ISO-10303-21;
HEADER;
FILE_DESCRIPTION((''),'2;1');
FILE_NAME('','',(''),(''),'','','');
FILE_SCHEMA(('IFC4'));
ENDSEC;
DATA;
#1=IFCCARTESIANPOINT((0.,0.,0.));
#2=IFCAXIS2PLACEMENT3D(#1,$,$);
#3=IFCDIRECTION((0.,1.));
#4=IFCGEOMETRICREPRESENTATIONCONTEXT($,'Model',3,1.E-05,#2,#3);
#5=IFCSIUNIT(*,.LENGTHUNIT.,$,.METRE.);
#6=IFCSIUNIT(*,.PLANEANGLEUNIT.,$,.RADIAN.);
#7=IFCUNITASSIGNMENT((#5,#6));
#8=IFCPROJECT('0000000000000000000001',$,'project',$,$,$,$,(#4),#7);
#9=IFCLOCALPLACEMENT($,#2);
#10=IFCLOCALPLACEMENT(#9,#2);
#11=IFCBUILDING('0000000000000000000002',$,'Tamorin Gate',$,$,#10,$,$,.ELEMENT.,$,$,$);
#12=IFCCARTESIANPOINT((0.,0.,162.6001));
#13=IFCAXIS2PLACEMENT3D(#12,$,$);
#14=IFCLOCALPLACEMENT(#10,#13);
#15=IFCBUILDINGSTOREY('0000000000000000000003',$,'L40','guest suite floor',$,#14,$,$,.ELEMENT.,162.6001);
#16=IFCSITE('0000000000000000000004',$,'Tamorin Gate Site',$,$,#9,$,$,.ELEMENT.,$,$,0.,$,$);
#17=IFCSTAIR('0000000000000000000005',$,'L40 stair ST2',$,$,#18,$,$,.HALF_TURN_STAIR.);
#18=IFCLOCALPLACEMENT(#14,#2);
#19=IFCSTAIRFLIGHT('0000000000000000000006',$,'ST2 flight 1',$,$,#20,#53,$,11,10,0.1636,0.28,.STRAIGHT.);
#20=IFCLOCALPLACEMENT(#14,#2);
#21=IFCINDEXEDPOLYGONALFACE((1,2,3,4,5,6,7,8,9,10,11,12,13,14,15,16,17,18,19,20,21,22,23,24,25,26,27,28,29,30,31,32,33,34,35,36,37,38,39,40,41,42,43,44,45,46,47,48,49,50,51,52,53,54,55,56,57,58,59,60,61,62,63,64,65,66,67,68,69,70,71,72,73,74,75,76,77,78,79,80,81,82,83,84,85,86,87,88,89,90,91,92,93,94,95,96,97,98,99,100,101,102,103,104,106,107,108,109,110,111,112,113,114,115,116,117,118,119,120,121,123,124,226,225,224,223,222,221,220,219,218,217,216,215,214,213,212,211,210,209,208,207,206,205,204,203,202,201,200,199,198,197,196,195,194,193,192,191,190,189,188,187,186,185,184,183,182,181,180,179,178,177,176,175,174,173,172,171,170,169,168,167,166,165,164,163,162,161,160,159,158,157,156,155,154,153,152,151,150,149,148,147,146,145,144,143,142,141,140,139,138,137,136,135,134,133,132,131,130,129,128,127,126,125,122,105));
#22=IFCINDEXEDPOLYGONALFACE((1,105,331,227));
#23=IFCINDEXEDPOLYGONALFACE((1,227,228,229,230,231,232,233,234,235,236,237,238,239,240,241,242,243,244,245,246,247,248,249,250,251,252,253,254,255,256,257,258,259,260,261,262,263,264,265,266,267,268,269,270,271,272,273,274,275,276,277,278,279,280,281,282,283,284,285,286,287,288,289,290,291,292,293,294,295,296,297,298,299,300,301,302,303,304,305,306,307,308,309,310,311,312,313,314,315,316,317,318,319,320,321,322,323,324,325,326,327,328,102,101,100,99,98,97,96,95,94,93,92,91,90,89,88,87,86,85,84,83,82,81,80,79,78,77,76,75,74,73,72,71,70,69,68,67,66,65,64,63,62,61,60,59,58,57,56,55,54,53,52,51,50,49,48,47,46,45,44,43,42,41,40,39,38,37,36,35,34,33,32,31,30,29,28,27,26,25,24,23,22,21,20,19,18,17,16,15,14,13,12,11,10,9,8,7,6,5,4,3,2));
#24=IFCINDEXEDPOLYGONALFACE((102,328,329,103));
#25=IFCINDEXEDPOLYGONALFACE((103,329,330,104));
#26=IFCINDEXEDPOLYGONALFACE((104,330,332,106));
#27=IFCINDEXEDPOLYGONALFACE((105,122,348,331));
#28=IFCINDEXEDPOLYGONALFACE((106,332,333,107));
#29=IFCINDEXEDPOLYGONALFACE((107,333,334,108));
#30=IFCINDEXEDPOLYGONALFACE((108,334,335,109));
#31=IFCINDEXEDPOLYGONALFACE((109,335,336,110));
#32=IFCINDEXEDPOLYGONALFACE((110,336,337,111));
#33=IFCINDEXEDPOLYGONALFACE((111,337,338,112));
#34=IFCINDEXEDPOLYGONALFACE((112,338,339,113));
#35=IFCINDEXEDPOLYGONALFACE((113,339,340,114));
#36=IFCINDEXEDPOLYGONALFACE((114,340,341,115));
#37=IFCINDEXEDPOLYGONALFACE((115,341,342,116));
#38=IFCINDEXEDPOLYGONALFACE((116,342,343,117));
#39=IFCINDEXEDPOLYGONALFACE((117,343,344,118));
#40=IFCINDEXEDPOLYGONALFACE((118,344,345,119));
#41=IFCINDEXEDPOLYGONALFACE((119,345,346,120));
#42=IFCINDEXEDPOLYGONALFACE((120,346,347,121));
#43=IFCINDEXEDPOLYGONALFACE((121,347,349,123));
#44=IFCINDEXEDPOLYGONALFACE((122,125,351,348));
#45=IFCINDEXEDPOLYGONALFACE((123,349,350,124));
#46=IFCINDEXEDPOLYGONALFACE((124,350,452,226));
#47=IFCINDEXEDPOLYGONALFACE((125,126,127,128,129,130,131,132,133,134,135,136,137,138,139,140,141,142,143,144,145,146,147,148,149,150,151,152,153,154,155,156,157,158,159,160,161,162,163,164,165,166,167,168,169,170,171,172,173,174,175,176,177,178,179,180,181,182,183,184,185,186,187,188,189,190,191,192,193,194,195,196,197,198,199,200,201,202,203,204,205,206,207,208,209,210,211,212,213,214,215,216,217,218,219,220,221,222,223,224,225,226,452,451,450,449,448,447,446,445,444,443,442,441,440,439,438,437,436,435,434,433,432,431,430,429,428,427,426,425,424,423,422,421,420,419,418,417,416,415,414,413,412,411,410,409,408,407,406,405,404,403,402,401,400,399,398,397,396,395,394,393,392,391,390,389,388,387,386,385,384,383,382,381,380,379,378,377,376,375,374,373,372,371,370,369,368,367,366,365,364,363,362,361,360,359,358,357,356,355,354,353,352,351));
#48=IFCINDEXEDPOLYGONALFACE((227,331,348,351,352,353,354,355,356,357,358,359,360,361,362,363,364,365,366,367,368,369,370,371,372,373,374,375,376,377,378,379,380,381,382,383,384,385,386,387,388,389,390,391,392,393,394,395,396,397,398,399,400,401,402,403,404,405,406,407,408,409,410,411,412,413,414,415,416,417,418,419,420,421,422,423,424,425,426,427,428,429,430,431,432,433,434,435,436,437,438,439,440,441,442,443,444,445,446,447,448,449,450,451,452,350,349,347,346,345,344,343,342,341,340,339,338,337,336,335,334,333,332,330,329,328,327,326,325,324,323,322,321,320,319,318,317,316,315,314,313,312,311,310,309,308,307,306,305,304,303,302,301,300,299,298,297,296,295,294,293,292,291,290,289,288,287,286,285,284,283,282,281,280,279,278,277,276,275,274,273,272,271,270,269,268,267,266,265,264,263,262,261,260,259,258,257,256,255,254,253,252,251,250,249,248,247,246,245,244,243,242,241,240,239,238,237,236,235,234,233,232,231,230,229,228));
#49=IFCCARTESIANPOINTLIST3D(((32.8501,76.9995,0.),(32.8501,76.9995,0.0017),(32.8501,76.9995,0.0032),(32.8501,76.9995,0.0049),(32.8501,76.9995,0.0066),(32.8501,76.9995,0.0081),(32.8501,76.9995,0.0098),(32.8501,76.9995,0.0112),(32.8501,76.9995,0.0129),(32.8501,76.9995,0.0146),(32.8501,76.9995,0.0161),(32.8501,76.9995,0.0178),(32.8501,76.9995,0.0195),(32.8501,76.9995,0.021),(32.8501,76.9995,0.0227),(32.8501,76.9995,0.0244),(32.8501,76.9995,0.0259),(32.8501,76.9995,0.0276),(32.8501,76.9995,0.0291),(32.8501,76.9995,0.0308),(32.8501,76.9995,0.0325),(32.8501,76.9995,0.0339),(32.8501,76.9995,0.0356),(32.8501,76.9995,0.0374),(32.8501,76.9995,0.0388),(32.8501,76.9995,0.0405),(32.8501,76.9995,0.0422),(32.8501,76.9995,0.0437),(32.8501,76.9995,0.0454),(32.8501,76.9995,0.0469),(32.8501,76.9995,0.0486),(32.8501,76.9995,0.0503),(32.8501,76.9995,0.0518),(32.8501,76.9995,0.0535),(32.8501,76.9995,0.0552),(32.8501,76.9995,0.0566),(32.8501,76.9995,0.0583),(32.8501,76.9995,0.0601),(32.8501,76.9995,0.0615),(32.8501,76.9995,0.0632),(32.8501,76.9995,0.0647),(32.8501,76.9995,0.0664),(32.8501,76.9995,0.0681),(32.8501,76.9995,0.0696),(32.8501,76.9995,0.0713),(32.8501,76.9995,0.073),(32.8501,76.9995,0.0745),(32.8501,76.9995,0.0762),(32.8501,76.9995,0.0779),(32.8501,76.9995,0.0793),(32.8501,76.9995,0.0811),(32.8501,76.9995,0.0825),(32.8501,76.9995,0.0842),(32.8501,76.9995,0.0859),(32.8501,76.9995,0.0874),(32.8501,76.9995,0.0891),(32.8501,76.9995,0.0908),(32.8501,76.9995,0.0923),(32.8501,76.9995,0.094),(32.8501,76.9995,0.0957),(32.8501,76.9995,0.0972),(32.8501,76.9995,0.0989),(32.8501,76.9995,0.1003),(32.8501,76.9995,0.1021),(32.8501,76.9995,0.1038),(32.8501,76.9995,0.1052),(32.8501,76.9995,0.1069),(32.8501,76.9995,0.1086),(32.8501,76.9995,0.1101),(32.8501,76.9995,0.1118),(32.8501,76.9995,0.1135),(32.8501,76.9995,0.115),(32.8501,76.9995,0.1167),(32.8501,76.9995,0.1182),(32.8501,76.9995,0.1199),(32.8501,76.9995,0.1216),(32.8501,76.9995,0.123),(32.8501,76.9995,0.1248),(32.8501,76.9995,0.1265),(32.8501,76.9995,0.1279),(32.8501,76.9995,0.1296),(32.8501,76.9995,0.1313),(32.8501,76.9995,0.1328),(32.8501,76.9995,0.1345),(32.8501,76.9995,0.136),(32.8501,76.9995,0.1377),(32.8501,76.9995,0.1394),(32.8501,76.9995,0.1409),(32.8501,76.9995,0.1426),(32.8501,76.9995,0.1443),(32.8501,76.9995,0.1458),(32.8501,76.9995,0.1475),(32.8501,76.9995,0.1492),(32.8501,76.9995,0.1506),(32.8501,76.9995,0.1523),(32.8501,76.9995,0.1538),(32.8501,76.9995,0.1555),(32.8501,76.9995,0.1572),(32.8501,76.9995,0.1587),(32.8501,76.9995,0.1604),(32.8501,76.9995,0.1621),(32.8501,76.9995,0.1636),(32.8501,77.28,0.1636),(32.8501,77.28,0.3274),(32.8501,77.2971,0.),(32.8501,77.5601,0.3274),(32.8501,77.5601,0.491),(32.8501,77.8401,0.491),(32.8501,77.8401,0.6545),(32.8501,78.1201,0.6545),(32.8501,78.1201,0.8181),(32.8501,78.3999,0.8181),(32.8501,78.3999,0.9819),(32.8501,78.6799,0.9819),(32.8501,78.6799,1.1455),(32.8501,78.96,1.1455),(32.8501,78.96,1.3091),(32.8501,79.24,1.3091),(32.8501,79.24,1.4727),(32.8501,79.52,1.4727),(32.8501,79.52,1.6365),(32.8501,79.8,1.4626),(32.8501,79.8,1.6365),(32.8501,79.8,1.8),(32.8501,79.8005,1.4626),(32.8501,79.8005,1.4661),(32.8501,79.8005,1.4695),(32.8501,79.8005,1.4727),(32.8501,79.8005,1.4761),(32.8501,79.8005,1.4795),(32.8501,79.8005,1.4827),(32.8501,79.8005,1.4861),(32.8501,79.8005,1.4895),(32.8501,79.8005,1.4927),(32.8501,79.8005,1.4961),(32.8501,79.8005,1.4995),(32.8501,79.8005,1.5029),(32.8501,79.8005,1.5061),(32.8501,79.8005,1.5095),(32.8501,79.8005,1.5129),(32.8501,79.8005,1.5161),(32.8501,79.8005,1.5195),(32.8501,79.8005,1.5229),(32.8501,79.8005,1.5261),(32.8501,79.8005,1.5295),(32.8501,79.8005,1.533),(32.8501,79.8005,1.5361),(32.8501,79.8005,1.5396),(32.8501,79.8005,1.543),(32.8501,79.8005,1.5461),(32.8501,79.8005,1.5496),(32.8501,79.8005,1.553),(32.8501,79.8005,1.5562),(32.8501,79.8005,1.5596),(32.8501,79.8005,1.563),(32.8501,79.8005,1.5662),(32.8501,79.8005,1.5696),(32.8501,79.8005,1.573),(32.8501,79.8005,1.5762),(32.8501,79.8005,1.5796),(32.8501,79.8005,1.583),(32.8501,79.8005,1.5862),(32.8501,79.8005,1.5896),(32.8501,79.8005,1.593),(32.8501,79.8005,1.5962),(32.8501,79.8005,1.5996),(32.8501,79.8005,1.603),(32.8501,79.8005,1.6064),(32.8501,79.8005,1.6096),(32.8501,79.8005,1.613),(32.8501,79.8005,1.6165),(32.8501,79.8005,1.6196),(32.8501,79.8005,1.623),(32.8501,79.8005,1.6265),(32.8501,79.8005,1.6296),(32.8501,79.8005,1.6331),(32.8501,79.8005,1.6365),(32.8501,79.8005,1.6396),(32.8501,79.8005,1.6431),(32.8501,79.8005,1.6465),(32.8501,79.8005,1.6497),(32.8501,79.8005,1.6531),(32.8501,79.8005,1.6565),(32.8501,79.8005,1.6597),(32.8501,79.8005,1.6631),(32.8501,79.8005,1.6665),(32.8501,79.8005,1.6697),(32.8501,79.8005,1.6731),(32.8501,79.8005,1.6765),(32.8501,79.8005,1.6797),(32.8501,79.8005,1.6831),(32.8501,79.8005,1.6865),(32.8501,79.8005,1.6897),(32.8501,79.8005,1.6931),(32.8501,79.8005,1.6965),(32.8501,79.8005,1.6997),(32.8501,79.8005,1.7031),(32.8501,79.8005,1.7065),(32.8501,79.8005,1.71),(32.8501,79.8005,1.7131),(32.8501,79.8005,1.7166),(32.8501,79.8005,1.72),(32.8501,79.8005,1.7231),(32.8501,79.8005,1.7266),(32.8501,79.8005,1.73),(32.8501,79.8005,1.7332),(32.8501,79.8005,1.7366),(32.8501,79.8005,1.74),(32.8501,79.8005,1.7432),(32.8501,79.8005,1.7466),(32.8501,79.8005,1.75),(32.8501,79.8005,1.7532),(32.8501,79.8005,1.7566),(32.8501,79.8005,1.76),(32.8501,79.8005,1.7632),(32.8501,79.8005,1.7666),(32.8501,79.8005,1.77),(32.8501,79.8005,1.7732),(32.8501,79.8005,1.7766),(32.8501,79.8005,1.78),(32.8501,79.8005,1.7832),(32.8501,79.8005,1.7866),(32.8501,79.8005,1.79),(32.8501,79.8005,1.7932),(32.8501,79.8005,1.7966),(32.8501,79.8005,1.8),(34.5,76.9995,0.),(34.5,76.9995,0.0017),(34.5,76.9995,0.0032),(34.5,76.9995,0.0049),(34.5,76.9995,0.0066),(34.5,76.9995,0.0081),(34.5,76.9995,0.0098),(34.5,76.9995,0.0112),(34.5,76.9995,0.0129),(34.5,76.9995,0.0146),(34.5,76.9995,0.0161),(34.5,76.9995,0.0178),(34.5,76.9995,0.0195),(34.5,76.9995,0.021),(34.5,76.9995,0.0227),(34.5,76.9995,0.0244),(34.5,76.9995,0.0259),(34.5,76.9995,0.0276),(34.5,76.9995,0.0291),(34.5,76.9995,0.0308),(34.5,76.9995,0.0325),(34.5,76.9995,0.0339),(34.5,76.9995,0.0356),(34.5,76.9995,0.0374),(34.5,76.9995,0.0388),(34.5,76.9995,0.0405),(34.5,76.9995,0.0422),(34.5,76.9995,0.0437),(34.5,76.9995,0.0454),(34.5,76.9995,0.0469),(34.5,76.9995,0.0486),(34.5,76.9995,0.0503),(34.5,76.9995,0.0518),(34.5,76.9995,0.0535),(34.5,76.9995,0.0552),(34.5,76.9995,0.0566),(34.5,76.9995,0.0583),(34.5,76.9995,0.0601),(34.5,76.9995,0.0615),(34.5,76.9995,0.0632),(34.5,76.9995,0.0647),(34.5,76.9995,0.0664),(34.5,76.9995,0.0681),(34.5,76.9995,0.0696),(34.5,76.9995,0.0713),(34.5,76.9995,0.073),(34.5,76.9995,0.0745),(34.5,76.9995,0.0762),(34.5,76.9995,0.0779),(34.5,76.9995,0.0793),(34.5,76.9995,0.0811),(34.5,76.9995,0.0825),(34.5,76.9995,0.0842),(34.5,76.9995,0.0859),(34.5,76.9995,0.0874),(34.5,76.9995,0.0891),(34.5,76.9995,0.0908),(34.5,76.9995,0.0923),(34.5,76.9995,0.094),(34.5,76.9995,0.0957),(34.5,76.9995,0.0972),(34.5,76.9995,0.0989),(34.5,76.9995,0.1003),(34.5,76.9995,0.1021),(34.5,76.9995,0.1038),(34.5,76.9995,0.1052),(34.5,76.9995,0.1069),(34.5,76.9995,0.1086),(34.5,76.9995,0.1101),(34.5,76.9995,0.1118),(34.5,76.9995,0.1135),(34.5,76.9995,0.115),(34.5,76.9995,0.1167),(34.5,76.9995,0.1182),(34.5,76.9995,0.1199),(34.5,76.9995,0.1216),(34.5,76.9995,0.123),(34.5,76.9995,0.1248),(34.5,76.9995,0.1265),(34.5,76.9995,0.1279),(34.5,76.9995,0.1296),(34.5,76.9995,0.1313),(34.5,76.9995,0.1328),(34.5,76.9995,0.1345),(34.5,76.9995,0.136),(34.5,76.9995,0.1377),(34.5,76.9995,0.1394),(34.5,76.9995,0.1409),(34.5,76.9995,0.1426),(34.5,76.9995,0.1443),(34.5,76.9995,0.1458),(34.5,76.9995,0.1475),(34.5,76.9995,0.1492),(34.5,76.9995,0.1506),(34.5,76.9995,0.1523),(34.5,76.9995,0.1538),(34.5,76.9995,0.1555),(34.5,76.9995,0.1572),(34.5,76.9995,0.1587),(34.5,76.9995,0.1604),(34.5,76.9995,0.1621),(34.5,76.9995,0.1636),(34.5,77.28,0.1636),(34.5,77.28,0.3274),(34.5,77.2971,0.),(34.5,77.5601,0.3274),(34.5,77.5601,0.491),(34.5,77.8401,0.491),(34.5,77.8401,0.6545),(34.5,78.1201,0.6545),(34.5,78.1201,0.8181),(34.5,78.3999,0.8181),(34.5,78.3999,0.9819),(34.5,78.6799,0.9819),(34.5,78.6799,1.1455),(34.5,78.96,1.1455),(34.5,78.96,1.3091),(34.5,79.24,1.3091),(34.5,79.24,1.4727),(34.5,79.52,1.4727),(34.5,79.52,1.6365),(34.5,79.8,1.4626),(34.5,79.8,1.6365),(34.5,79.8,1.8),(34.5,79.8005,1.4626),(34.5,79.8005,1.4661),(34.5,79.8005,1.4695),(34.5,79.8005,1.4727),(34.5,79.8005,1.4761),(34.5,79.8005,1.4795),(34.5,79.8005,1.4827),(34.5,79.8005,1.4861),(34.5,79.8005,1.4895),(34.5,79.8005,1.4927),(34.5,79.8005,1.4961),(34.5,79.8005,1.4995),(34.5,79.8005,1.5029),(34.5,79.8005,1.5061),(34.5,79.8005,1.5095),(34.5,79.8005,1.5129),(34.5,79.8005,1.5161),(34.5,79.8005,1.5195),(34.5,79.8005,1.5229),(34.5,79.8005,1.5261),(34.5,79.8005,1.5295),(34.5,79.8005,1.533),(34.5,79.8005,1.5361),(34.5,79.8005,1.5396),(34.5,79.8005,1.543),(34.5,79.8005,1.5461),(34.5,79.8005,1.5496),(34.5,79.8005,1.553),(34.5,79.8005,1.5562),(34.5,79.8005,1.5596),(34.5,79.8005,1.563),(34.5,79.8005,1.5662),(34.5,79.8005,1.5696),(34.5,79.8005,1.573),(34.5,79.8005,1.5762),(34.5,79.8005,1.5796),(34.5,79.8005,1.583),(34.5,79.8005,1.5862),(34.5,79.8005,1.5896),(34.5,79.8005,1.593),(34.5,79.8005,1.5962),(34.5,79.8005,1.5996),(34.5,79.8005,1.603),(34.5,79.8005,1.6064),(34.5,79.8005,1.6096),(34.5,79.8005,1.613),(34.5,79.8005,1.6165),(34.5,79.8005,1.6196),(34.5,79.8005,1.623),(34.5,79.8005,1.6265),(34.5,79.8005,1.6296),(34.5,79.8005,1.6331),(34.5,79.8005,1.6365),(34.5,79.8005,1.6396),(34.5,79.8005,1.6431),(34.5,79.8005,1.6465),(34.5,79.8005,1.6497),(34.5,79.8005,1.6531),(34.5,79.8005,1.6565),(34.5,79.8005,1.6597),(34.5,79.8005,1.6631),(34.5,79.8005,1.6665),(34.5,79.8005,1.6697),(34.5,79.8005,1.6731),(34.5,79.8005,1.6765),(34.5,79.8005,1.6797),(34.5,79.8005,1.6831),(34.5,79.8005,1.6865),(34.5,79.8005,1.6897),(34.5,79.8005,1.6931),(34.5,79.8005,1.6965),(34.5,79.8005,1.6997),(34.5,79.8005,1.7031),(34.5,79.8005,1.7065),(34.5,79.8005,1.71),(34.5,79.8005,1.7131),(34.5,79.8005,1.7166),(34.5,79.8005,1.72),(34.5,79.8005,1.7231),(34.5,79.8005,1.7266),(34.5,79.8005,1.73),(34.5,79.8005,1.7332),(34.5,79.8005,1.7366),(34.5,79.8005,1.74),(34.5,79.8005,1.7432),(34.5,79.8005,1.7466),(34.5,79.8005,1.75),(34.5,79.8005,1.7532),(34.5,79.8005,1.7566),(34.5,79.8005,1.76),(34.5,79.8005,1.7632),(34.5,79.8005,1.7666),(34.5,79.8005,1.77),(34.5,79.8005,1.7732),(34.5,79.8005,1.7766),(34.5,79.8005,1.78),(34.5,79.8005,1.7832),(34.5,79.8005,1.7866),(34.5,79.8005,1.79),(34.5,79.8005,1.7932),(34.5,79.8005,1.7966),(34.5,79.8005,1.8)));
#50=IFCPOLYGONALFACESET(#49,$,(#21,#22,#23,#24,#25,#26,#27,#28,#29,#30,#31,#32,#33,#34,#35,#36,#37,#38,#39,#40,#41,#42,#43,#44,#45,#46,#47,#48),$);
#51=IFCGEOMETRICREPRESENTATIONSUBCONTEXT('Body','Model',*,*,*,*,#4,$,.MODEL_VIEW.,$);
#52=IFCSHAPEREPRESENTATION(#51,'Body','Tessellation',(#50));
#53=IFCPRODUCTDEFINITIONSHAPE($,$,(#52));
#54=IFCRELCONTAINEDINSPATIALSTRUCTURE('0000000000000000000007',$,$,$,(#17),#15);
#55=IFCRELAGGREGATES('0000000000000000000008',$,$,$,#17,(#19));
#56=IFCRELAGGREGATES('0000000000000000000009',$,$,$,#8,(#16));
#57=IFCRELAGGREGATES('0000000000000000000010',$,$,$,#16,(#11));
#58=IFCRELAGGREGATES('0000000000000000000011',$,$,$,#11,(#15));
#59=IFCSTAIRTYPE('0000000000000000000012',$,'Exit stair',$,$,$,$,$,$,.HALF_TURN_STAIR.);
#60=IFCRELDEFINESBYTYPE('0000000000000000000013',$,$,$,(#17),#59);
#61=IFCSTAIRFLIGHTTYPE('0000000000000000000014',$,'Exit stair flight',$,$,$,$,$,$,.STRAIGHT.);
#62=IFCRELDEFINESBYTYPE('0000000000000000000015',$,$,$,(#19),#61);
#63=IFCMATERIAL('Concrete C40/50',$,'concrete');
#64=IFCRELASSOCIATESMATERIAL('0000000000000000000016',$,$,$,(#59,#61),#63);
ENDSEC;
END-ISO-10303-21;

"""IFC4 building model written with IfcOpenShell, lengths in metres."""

from ifc_helpers import new_model, si_unit, direction, frame, origin, place, context, subcontext, project, spatial, polyline, outline, extrude, material, type_object, element, aggregate, save


model = new_model("IFC4")

# Units and contexts
model_context = context("Model", 3, precision=1e-05, world=origin(), true_north=direction((0.0, 1.0)))
body_context = subcontext(model_context, "Body", "Model", "MODEL_VIEW")
ifc_project = project(units=[si_unit("LENGTHUNIT", "METRE"), si_unit("PLANEANGLEUNIT", "RADIAN")], contexts=[model_context])

# Site, building, storey
site_placement = place(None, origin())
site = spatial("IfcSite", under=ifc_project, at=site_placement, Name="Tamorin Gate Site", CompositionType="ELEMENT", RefElevation=0.0)
building_placement = place(site_placement, origin())
building = spatial("IfcBuilding", under=site, at=building_placement, Name="Tamorin Gate", CompositionType="ELEMENT")
storey_placement = place(building_placement, frame((0.0, 0.0, 162.6001)))
storey = spatial("IfcBuildingStorey", under=building, at=storey_placement, Name="L40", Description="guest suite floor", CompositionType="ELEMENT", Elevation=162.6001)

# Shared definitions
ifc_material_1 = material(Name="Concrete C40/50", Category="concrete")

# Stair, stair flight
stair_type = type_object("IfcStairType", Name="Exit stair", PredefinedType="HALF_TURN_STAIR", material=ifc_material_1)
stair_flight_type = type_object("IfcStairFlightType", Name="Exit stair flight", PredefinedType="STRAIGHT", material=ifc_material_1)
stair_1_placement = place(storey_placement, origin())
stair_1 = element("IfcStair", 1, at=stair_1_placement, inside=storey, type_object=stair_type, Name="L40 stair ST2", PredefinedType="HALF_TURN_STAIR")
stair_flight_1_placement = place(storey_placement, frame((33.675, 77.0, 0.0), z_axis=(0.0, 0.0, 1.0), x_axis=(0.0, 1.0, 0.0)))
stair_flight_1 = element("IfcStairFlight", 2, at=stair_flight_1_placement, type_object=stair_flight_type, Name="ST2 flight 1", NumberOfRisers=11, NumberOfTreads=10, PredefinedType="STRAIGHT", RiserHeight=0.1636, TreadLength=0.28, context=body_context, shape_type="SweptSolid", body=[
    extrude(outline(polyline([(-0.0005, 0.0), (-0.0005, 0.0017), (-0.0005, 0.0032), (-0.0005, 0.0049), (-0.0005, 0.0066), (-0.0005, 0.0081), (-0.0005, 0.0098), (-0.0005, 0.0112), (-0.0005, 0.0129), (-0.0005, 0.0146), (-0.0005, 0.0161), (-0.0005, 0.0178), (-0.0005, 0.0195), (-0.0005, 0.021), (-0.0005, 0.0227), (-0.0005, 0.0244), (-0.0005, 0.0259), (-0.0005, 0.0276), (-0.0005, 0.0291), (-0.0005, 0.0308), (-0.0005, 0.0325), (-0.0005, 0.0339), (-0.0005, 0.0356), (-0.0005, 0.0374), (-0.0005, 0.0388), (-0.0005, 0.0405), (-0.0005, 0.0422), (-0.0005, 0.0437), (-0.0005, 0.0454), (-0.0005, 0.0469), (-0.0005, 0.0486), (-0.0005, 0.0503), (-0.0005, 0.0518), (-0.0005, 0.0535), (-0.0005, 0.0552), (-0.0005, 0.0566), (-0.0005, 0.0583), (-0.0005, 0.0601), (-0.0005, 0.0615), (-0.0005, 0.0632), (-0.0005, 0.0647), (-0.0005, 0.0664), (-0.0005, 0.0681), (-0.0005, 0.0696), (-0.0005, 0.0713), (-0.0005, 0.073), (-0.0005, 0.0745), (-0.0005, 0.0762), (-0.0005, 0.0779), (-0.0005, 0.0793), (-0.0005, 0.0811), (-0.0005, 0.0825), (-0.0005, 0.0842), (-0.0005, 0.0859), (-0.0005, 0.0874), (-0.0005, 0.0891), (-0.0005, 0.0908), (-0.0005, 0.0923), (-0.0005, 0.094), (-0.0005, 0.0957), (-0.0005, 0.0972), (-0.0005, 0.0989), (-0.0005, 0.1003), (-0.0005, 0.1021), (-0.0005, 0.1038), (-0.0005, 0.1052), (-0.0005, 0.1069), (-0.0005, 0.1086), (-0.0005, 0.1101), (-0.0005, 0.1118), (-0.0005, 0.1135), (-0.0005, 0.115), (-0.0005, 0.1167), (-0.0005, 0.1182), (-0.0005, 0.1199), (-0.0005, 0.1216), (-0.0005, 0.123), (-0.0005, 0.1248), (-0.0005, 0.1265), (-0.0005, 0.1279), (-0.0005, 0.1296), (-0.0005, 0.1313), (-0.0005, 0.1328), (-0.0005, 0.1345), (-0.0005, 0.136), (-0.0005, 0.1377), (-0.0005, 0.1394), (-0.0005, 0.1409), (-0.0005, 0.1426), (-0.0005, 0.1443), (-0.0005, 0.1458), (-0.0005, 0.1475), (-0.0005, 0.1492), (-0.0005, 0.1506), (-0.0005, 0.1523), (-0.0005, 0.1538), (-0.0005, 0.1555), (-0.0005, 0.1572), (-0.0005, 0.1587), (-0.0005, 0.1604), (-0.0005, 0.1621), (-0.0005, 0.1636), (0.28, 0.1636), (0.28, 0.3274), (0.5601, 0.3274), (0.5601, 0.491), (0.8401, 0.491), (0.8401, 0.6545), (1.1201, 0.6545), (1.1201, 0.8181), (1.3999, 0.8181), (1.3999, 0.9819), (1.6799, 0.9819), (1.6799, 1.1455), (1.96, 1.1455), (1.96, 1.3091), (2.24, 1.3091), (2.24, 1.4727), (2.52, 1.4727), (2.52, 1.6365), (2.8, 1.6365), (2.8, 1.8), (2.8005, 1.8), (2.8005, 1.7966), (2.8005, 1.7932), (2.8005, 1.79), (2.8005, 1.7866), (2.8005, 1.7832), (2.8005, 1.78), (2.8005, 1.7766), (2.8005, 1.7732), (2.8005, 1.77), (2.8005, 1.7666), (2.8005, 1.7632), (2.8005, 1.76), (2.8005, 1.7566), (2.8005, 1.7532), (2.8005, 1.75), (2.8005, 1.7466), (2.8005, 1.7432), (2.8005, 1.74), (2.8005, 1.7366), (2.8005, 1.7332), (2.8005, 1.73), (2.8005, 1.7266), (2.8005, 1.7231), (2.8005, 1.72), (2.8005, 1.7166), (2.8005, 1.7131), (2.8005, 1.71), (2.8005, 1.7065), (2.8005, 1.7031), (2.8005, 1.6997), (2.8005, 1.6965), (2.8005, 1.6931), (2.8005, 1.6897), (2.8005, 1.6865), (2.8005, 1.6831), (2.8005, 1.6797), (2.8005, 1.6765), (2.8005, 1.6731), (2.8005, 1.6697), (2.8005, 1.6665), (2.8005, 1.6631), (2.8005, 1.6597), (2.8005, 1.6565), (2.8005, 1.6531), (2.8005, 1.6497), (2.8005, 1.6465), (2.8005, 1.6431), (2.8005, 1.6396), (2.8005, 1.6365), (2.8005, 1.6331), (2.8005, 1.6296), (2.8005, 1.6265), (2.8005, 1.623), (2.8005, 1.6196), (2.8005, 1.6165), (2.8005, 1.613), (2.8005, 1.6096), (2.8005, 1.6064), (2.8005, 1.603), (2.8005, 1.5996), (2.8005, 1.5962), (2.8005, 1.593), (2.8005, 1.5896), (2.8005, 1.5862), (2.8005, 1.583), (2.8005, 1.5796), (2.8005, 1.5762), (2.8005, 1.573), (2.8005, 1.5696), (2.8005, 1.5662), (2.8005, 1.563), (2.8005, 1.5596), (2.8005, 1.5562), (2.8005, 1.553), (2.8005, 1.5496), (2.8005, 1.5461), (2.8005, 1.543), (2.8005, 1.5396), (2.8005, 1.5361), (2.8005, 1.533), (2.8005, 1.5295), (2.8005, 1.5261), (2.8005, 1.5229), (2.8005, 1.5195), (2.8005, 1.5161), (2.8005, 1.5129), (2.8005, 1.5095), (2.8005, 1.5061), (2.8005, 1.5029), (2.8005, 1.4995), (2.8005, 1.4961), (2.8005, 1.4927), (2.8005, 1.4895), (2.8005, 1.4861), (2.8005, 1.4827), (2.8005, 1.4795), (2.8005, 1.4761), (2.8005, 1.4727), (2.8005, 1.4695), (2.8005, 1.4661), (2.8005, 1.4626), (2.8, 1.4626), (0.2971, 0.0), (-0.0005, 0.0)])), frame((0.0, 0.825, 0.0), z_axis=(0.0, -1.0, 0.0), x_axis=(1.0, 0.0, 0.0)), (0.0, 0.0, 1.0), 1.6499),
])
aggregate(stair_1, [stair_flight_1])

save(model, "model.ifc")
